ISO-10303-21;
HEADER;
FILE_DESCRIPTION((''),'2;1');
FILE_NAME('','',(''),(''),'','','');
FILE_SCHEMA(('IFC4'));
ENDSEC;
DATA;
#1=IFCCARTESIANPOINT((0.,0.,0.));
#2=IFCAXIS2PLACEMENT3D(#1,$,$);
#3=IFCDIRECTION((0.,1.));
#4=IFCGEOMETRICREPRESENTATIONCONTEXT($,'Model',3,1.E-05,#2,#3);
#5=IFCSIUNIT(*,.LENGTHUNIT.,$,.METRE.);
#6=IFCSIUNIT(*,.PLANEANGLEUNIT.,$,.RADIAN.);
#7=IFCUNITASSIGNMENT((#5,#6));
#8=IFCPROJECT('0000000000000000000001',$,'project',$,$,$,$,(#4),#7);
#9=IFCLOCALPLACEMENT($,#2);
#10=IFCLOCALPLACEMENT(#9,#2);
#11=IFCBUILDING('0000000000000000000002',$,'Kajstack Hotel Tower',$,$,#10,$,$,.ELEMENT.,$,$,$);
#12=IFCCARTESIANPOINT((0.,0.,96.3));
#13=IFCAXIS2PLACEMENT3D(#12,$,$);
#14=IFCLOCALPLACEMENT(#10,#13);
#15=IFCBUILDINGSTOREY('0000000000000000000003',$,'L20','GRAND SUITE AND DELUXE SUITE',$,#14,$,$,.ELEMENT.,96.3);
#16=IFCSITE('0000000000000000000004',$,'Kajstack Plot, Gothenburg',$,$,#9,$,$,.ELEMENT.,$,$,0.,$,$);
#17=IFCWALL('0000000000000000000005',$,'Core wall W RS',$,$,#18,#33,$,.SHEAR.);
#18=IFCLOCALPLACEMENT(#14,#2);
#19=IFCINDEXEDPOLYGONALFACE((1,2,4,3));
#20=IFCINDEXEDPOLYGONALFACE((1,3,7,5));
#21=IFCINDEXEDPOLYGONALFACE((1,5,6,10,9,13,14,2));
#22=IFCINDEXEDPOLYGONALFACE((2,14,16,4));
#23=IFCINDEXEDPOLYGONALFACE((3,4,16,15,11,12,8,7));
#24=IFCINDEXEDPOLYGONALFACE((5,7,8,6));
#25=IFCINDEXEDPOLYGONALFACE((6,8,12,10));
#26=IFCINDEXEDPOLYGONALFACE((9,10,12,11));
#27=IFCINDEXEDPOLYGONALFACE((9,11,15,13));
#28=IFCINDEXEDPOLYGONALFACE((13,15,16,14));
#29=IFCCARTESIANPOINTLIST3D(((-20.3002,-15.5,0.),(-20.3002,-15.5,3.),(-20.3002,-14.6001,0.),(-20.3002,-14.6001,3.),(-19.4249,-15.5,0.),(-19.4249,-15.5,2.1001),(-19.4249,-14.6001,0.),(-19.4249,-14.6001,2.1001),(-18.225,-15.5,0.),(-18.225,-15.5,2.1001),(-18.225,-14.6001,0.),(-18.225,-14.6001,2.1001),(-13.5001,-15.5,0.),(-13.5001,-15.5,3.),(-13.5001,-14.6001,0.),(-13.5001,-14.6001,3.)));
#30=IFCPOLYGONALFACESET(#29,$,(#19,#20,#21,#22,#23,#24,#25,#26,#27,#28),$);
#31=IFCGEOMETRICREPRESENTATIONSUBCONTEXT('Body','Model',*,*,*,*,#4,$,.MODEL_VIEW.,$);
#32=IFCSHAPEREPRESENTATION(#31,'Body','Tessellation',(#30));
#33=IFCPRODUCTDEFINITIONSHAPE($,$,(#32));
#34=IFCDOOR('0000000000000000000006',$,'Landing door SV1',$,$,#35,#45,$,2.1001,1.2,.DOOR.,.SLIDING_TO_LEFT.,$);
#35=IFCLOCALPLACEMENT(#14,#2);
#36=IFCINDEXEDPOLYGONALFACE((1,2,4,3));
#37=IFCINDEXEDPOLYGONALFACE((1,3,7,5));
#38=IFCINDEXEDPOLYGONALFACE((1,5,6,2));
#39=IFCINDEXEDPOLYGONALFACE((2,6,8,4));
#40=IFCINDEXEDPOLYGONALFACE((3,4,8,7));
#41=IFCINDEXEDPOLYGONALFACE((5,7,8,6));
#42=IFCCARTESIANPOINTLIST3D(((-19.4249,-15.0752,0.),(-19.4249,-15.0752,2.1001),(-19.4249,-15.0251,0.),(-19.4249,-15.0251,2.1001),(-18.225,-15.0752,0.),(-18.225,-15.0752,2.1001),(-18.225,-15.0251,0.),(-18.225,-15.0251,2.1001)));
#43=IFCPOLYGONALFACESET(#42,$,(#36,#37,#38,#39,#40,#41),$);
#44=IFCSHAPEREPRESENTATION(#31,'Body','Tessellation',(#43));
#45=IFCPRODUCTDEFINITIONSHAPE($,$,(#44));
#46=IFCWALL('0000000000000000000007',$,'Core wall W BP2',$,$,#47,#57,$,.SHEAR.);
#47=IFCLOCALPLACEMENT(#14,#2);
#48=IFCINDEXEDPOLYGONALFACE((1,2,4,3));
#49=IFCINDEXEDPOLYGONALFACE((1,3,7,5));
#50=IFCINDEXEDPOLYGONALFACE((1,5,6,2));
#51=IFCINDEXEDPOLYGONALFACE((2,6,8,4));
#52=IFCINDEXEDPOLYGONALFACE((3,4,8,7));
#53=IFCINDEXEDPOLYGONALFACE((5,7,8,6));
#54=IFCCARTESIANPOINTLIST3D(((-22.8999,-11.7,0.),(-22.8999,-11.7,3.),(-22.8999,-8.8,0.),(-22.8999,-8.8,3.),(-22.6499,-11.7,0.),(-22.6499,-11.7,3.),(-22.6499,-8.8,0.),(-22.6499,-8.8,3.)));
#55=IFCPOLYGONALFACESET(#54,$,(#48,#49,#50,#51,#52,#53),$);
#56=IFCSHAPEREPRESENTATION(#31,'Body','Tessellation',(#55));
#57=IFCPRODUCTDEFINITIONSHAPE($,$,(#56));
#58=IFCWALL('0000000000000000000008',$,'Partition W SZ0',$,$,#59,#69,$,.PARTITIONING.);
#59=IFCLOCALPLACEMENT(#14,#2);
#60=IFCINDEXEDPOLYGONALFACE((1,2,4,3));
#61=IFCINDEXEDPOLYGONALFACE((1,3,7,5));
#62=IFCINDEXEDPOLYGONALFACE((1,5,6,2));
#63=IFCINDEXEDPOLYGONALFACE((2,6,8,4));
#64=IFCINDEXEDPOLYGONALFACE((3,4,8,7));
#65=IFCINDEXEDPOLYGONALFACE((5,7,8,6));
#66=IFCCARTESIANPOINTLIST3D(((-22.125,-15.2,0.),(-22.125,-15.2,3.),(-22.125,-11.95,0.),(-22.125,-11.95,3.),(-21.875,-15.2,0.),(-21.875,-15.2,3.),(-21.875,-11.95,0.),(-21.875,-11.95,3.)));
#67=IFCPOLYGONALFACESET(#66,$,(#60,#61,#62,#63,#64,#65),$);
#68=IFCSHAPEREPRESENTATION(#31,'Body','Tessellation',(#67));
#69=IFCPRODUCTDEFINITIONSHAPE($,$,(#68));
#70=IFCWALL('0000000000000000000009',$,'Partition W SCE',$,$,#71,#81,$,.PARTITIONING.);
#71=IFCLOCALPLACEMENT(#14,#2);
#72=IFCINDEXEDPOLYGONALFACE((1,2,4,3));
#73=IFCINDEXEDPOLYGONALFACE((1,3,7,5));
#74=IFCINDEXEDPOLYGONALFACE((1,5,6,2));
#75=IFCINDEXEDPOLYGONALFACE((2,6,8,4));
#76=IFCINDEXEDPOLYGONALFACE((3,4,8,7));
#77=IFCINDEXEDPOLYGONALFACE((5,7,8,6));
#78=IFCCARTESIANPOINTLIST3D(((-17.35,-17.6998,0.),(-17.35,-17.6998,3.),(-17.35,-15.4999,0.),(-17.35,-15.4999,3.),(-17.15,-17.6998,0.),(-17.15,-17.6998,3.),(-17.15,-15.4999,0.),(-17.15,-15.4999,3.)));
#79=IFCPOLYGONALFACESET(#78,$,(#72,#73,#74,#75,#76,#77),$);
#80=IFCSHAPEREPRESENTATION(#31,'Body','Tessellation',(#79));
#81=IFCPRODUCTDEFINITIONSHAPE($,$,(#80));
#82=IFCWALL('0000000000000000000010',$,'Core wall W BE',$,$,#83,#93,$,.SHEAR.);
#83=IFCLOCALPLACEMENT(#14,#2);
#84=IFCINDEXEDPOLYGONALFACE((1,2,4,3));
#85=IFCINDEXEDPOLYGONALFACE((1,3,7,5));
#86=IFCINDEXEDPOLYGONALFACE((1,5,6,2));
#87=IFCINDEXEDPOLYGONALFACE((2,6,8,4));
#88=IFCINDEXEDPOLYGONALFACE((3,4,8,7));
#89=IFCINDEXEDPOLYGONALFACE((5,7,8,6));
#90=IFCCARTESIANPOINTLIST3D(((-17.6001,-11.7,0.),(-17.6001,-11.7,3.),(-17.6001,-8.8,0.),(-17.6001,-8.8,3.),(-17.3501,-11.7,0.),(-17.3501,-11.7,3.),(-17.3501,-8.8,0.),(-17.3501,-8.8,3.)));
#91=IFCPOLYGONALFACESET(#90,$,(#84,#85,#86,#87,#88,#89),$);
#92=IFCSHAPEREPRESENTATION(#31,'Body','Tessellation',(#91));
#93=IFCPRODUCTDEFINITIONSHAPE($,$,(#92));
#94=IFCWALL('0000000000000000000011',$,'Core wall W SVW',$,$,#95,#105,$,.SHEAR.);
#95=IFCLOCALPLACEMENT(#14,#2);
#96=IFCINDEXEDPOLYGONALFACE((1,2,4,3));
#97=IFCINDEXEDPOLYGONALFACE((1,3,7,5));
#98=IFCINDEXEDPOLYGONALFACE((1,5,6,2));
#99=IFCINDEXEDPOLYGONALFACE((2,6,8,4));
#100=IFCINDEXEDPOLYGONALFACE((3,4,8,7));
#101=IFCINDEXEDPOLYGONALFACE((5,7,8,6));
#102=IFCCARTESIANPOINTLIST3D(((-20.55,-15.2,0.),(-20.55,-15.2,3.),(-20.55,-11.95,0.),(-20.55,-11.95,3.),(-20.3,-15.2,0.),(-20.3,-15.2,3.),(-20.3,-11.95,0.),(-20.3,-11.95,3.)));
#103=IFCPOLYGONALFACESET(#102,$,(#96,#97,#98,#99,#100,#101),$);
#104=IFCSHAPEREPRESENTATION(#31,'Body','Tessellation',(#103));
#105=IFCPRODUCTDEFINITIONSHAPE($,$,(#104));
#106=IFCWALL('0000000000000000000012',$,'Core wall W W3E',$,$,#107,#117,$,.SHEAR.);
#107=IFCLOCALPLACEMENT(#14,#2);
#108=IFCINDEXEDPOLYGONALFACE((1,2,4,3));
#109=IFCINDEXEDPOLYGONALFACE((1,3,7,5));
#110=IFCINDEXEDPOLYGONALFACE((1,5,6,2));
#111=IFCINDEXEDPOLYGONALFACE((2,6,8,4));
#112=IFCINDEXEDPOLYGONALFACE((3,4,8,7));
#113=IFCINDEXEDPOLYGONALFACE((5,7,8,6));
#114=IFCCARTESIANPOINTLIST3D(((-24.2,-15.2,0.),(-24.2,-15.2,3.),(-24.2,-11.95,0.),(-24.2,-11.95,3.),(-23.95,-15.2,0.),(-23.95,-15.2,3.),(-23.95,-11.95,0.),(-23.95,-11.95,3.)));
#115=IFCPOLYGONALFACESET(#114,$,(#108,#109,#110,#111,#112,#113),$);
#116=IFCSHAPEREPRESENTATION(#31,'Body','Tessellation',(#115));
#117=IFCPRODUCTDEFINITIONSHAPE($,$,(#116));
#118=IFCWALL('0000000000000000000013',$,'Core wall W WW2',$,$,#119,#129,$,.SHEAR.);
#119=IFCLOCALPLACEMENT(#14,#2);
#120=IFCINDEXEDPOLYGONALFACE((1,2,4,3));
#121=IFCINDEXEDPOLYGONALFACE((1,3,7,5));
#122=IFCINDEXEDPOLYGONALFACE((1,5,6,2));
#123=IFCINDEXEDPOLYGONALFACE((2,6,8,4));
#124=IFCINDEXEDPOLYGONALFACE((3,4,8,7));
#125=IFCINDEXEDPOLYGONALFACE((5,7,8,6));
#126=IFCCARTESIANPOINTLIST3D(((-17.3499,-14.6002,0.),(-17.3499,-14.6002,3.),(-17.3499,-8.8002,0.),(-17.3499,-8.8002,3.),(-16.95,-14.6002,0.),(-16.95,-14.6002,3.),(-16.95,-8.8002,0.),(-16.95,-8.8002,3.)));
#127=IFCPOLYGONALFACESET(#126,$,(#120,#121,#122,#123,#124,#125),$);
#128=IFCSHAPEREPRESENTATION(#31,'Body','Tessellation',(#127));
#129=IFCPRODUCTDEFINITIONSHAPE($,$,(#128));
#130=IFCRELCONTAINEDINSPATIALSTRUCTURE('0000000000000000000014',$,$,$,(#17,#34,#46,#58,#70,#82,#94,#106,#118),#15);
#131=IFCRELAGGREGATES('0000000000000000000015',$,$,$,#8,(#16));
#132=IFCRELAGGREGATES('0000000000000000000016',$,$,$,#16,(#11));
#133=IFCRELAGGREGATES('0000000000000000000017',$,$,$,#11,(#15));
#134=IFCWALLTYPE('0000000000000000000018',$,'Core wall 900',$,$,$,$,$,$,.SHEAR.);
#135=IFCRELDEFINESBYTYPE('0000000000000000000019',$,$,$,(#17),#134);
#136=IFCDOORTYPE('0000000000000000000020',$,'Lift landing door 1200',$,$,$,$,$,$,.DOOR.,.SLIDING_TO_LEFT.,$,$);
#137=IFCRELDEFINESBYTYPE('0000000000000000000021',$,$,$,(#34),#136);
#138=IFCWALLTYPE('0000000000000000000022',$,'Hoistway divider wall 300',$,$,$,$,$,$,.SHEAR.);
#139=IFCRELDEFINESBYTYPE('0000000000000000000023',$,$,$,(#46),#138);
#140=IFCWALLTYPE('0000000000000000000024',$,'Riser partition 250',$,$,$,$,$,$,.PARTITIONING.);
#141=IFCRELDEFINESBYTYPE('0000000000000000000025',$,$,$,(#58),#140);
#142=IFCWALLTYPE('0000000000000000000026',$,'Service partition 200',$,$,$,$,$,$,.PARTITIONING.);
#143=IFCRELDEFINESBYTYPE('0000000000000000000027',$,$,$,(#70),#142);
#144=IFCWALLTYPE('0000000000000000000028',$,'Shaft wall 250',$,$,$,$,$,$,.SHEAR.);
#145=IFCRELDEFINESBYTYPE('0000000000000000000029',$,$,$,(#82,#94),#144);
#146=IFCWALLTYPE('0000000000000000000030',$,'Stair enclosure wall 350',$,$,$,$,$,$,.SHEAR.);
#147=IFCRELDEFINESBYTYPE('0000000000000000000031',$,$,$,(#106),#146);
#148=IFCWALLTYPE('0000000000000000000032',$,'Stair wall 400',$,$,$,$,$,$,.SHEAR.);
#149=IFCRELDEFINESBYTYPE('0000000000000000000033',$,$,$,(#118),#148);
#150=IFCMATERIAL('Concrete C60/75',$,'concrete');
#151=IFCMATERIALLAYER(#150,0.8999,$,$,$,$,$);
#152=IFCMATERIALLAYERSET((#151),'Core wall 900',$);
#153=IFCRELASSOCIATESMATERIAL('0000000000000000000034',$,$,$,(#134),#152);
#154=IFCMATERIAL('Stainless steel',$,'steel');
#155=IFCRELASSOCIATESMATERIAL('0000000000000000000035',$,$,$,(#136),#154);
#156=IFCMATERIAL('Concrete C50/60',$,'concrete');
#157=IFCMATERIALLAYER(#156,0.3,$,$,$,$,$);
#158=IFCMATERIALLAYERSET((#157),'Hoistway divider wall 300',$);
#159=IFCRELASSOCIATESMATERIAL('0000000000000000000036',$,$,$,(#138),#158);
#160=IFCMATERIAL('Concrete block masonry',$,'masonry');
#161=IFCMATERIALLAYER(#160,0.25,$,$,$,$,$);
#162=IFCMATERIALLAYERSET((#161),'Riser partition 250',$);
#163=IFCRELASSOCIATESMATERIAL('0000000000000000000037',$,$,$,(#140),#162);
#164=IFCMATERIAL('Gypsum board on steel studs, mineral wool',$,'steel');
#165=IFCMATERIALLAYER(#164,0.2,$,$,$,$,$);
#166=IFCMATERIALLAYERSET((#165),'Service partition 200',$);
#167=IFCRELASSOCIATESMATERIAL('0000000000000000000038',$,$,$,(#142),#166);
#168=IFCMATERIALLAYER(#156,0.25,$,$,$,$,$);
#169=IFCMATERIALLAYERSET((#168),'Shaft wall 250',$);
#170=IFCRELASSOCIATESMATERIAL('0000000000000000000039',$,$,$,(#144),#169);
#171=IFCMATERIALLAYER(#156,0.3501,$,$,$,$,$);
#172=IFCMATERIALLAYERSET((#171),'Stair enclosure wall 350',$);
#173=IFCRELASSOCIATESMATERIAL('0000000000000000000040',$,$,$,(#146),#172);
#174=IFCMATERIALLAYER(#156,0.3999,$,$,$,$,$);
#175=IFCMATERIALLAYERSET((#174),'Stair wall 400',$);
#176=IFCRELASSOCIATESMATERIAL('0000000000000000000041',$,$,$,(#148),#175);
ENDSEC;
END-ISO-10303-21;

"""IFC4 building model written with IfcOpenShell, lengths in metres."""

from ifc_helpers import new_model, si_unit, direction, frame, frame_2d, origin, place, context, subcontext, project, spatial, rectangle, extrude, material, layer, layer_set, type_object, element, fill, save


model = new_model("IFC4")

# Units and contexts
model_context = context("Model", 3, precision=1e-05, world=origin(), true_north=direction((0.0, 1.0)))
body_context = subcontext(model_context, "Body", "Model", "MODEL_VIEW")
ifc_project = project(units=[si_unit("LENGTHUNIT", "METRE"), si_unit("PLANEANGLEUNIT", "RADIAN")], contexts=[model_context])

# Site, building, storey
site_placement = place(None, origin())
site = spatial("IfcSite", under=ifc_project, at=site_placement, Name="Kajstack Plot, Gothenburg", CompositionType="ELEMENT", RefElevation=0.0)
building_placement = place(site_placement, origin())
building = spatial("IfcBuilding", under=site, at=building_placement, Name="Kajstack Hotel Tower", CompositionType="ELEMENT")
storey_placement = place(building_placement, frame((0.0, 0.0, 96.3)))
storey = spatial("IfcBuildingStorey", under=building, at=storey_placement, Name="L20", Description="GRAND SUITE AND DELUXE SUITE", CompositionType="ELEMENT", Elevation=96.3)

# Wall, opening, door
ifc_material_1 = material(Name="Concrete C60/75", Category="concrete")
ifc_layer_1 = layer(ifc_material_1, 0.8999)
ifc_layer_set_1 = layer_set([ifc_layer_1], Name="Core wall 900")
wall_type_1 = type_object("IfcWallType", Name="Core wall 900", PredefinedType="SHEAR", material=ifc_layer_set_1)
wall_1_placement = place(storey_placement, frame((-20.3, -15.05, 0.0), z_axis=(0.0, 0.0, 1.0), x_axis=(1.0, 0.0, 0.0)))
wall_1 = element("IfcWall", 1, at=wall_1_placement, inside=storey, type_object=wall_type_1, Name="Core wall W RS", PredefinedType="SHEAR", context=body_context, shape_type="SweptSolid", body=[
    extrude(rectangle(XDim=6.8, YDim=0.8999, at=frame_2d((3.3999, 0.0))), origin(), (0.0, 0.0, 1.0), 3.0),
])
opening_placement = place(wall_1_placement, frame((0.875, 0.0, 0.0)))
opening = element("IfcOpeningElement", 2, at=opening_placement, cuts=wall_1, PredefinedType="OPENING", context=body_context, shape_type="SweptSolid", body=[
    extrude(rectangle(XDim=1.2, YDim=2.1001, at=frame_2d((0.6001, 1.05))), frame((0.0, 0.46, 0.0), z_axis=(0.0, -1.0, 0.0), x_axis=(1.0, 0.0, 0.0)), (0.0, 0.0, 1.0), 0.9199),
])
ifc_material_2 = material(Name="Stainless steel", Category="steel")
door_type = type_object("IfcDoorType", Name="Lift landing door 1200", OperationType="SLIDING_TO_LEFT", PredefinedType="DOOR", material=ifc_material_2)
door_placement = place(opening_placement, origin())
door = element("IfcDoor", 3, at=door_placement, inside=storey, type_object=door_type, Name="Landing door SV1", OperationType="SLIDING_TO_LEFT", OverallHeight=2.1001, OverallWidth=1.2, PredefinedType="DOOR", context=body_context, shape_type="SweptSolid", body=[
    extrude(rectangle(XDim=1.2, YDim=2.1001, at=frame_2d((0.6001, 1.05))), frame((0.0, 0.0249, 0.0), z_axis=(0.0, -1.0, 0.0), x_axis=(1.0, 0.0, 0.0)), (0.0, 0.0, 1.0), 0.05),
])
fill(opening, door)

# Walls
ifc_material_3 = material(Name="Concrete C50/60", Category="concrete")
ifc_layer_2 = layer(ifc_material_3, 0.3)
ifc_layer_set_2 = layer_set([ifc_layer_2], Name="Hoistway divider wall 300")
wall_type_2 = type_object("IfcWallType", Name="Hoistway divider wall 300", PredefinedType="SHEAR", material=ifc_layer_set_2)
wall_2_placement = place(storey_placement, frame((-22.7749, -11.7, 0.0), z_axis=(0.0, 0.0, 1.0), x_axis=(0.0, 1.0, 0.0)))
element("IfcWall", 4, at=wall_2_placement, inside=storey, type_object=wall_type_2, Name="Core wall W BP2", PredefinedType="SHEAR", context=body_context, shape_type="SweptSolid", body=[
    extrude(rectangle(XDim=2.8999, YDim=0.25, at=frame_2d((1.45, 0.0))), origin(), (0.0, 0.0, 1.0), 3.0),
])
ifc_material_4 = material(Name="Concrete block masonry", Category="masonry")
ifc_layer_3 = layer(ifc_material_4, 0.25)
ifc_layer_set_3 = layer_set([ifc_layer_3], Name="Riser partition 250")
wall_type_3 = type_object("IfcWallType", Name="Riser partition 250", PredefinedType="PARTITIONING", material=ifc_layer_set_3)
wall_3_placement = place(storey_placement, frame((-22.0, -15.2, 0.0), z_axis=(0.0, 0.0, 1.0), x_axis=(0.0, 1.0, 0.0)))
element("IfcWall", 5, at=wall_3_placement, inside=storey, type_object=wall_type_3, Name="Partition W SZ0", PredefinedType="PARTITIONING", context=body_context, shape_type="SweptSolid", body=[
    extrude(rectangle(XDim=3.25, YDim=0.25, at=frame_2d((1.625, 0.0))), origin(), (0.0, 0.0, 1.0), 3.0),
])
ifc_material_5 = material(Name="Gypsum board on steel studs, mineral wool", Category="steel")
ifc_layer_4 = layer(ifc_material_5, 0.2)
ifc_layer_set_4 = layer_set([ifc_layer_4], Name="Service partition 200")
wall_type_4 = type_object("IfcWallType", Name="Service partition 200", PredefinedType="PARTITIONING", material=ifc_layer_set_4)
wall_4_placement = place(storey_placement, frame((-17.25, -17.7, 0.0), z_axis=(0.0, 0.0, 1.0), x_axis=(0.0, 1.0, 0.0)))
element("IfcWall", 6, at=wall_4_placement, inside=storey, type_object=wall_type_4, Name="Partition W SCE", PredefinedType="PARTITIONING", context=body_context, shape_type="SweptSolid", body=[
    extrude(rectangle(XDim=2.2, YDim=0.2, at=frame_2d((1.1001, 0.0))), origin(), (0.0, 0.0, 1.0), 3.0),
])
ifc_layer_5 = layer(ifc_material_3, 0.25)
ifc_layer_set_5 = layer_set([ifc_layer_5], Name="Shaft wall 250")
wall_type_5 = type_object("IfcWallType", Name="Shaft wall 250", PredefinedType="SHEAR", material=ifc_layer_set_5)
wall_5_placement = place(storey_placement, frame((-17.4751, -11.7, 0.0), z_axis=(0.0, 0.0, 1.0), x_axis=(0.0, 1.0, 0.0)))
element("IfcWall", 7, at=wall_5_placement, inside=storey, type_object=wall_type_5, Name="Core wall W BE", PredefinedType="SHEAR", context=body_context, shape_type="SweptSolid", body=[
    extrude(rectangle(XDim=2.8999, YDim=0.25, at=frame_2d((1.45, 0.0))), origin(), (0.0, 0.0, 1.0), 3.0),
])
wall_6_placement = place(storey_placement, frame((-20.425, -15.2, 0.0), z_axis=(0.0, 0.0, 1.0), x_axis=(0.0, 1.0, 0.0)))
element("IfcWall", 8, at=wall_6_placement, inside=storey, type_object=wall_type_5, Name="Core wall W SVW", PredefinedType="SHEAR", context=body_context, shape_type="SweptSolid", body=[
    extrude(rectangle(XDim=3.25, YDim=0.25, at=frame_2d((1.625, 0.0))), origin(), (0.0, 0.0, 1.0), 3.0),
])
ifc_layer_6 = layer(ifc_material_3, 0.3501)
ifc_layer_set_6 = layer_set([ifc_layer_6], Name="Stair enclosure wall 350")
wall_type_6 = type_object("IfcWallType", Name="Stair enclosure wall 350", PredefinedType="SHEAR", material=ifc_layer_set_6)
wall_7_placement = place(storey_placement, frame((-24.075, -15.2, 0.0), z_axis=(0.0, 0.0, 1.0), x_axis=(0.0, 1.0, 0.0)))
element("IfcWall", 9, at=wall_7_placement, inside=storey, type_object=wall_type_6, Name="Core wall W W3E", PredefinedType="SHEAR", context=body_context, shape_type="SweptSolid", body=[
    extrude(rectangle(XDim=3.25, YDim=0.25, at=frame_2d((1.625, 0.0))), origin(), (0.0, 0.0, 1.0), 3.0),
])
ifc_layer_7 = layer(ifc_material_3, 0.3999)
ifc_layer_set_7 = layer_set([ifc_layer_7], Name="Stair wall 400")
wall_type_7 = type_object("IfcWallType", Name="Stair wall 400", PredefinedType="SHEAR", material=ifc_layer_set_7)
wall_8_placement = place(storey_placement, frame((-17.1499, -14.6001, 0.0), z_axis=(0.0, 0.0, 1.0), x_axis=(0.0, 1.0, 0.0)))
element("IfcWall", 10, at=wall_8_placement, inside=storey, type_object=wall_type_7, Name="Core wall W WW2", PredefinedType="SHEAR", context=body_context, shape_type="SweptSolid", body=[
    extrude(rectangle(XDim=5.8, YDim=0.3999, at=frame_2d((2.8999, 0.0))), origin(), (0.0, 0.0, 1.0), 3.0),
])

save(model, "model.ifc")
